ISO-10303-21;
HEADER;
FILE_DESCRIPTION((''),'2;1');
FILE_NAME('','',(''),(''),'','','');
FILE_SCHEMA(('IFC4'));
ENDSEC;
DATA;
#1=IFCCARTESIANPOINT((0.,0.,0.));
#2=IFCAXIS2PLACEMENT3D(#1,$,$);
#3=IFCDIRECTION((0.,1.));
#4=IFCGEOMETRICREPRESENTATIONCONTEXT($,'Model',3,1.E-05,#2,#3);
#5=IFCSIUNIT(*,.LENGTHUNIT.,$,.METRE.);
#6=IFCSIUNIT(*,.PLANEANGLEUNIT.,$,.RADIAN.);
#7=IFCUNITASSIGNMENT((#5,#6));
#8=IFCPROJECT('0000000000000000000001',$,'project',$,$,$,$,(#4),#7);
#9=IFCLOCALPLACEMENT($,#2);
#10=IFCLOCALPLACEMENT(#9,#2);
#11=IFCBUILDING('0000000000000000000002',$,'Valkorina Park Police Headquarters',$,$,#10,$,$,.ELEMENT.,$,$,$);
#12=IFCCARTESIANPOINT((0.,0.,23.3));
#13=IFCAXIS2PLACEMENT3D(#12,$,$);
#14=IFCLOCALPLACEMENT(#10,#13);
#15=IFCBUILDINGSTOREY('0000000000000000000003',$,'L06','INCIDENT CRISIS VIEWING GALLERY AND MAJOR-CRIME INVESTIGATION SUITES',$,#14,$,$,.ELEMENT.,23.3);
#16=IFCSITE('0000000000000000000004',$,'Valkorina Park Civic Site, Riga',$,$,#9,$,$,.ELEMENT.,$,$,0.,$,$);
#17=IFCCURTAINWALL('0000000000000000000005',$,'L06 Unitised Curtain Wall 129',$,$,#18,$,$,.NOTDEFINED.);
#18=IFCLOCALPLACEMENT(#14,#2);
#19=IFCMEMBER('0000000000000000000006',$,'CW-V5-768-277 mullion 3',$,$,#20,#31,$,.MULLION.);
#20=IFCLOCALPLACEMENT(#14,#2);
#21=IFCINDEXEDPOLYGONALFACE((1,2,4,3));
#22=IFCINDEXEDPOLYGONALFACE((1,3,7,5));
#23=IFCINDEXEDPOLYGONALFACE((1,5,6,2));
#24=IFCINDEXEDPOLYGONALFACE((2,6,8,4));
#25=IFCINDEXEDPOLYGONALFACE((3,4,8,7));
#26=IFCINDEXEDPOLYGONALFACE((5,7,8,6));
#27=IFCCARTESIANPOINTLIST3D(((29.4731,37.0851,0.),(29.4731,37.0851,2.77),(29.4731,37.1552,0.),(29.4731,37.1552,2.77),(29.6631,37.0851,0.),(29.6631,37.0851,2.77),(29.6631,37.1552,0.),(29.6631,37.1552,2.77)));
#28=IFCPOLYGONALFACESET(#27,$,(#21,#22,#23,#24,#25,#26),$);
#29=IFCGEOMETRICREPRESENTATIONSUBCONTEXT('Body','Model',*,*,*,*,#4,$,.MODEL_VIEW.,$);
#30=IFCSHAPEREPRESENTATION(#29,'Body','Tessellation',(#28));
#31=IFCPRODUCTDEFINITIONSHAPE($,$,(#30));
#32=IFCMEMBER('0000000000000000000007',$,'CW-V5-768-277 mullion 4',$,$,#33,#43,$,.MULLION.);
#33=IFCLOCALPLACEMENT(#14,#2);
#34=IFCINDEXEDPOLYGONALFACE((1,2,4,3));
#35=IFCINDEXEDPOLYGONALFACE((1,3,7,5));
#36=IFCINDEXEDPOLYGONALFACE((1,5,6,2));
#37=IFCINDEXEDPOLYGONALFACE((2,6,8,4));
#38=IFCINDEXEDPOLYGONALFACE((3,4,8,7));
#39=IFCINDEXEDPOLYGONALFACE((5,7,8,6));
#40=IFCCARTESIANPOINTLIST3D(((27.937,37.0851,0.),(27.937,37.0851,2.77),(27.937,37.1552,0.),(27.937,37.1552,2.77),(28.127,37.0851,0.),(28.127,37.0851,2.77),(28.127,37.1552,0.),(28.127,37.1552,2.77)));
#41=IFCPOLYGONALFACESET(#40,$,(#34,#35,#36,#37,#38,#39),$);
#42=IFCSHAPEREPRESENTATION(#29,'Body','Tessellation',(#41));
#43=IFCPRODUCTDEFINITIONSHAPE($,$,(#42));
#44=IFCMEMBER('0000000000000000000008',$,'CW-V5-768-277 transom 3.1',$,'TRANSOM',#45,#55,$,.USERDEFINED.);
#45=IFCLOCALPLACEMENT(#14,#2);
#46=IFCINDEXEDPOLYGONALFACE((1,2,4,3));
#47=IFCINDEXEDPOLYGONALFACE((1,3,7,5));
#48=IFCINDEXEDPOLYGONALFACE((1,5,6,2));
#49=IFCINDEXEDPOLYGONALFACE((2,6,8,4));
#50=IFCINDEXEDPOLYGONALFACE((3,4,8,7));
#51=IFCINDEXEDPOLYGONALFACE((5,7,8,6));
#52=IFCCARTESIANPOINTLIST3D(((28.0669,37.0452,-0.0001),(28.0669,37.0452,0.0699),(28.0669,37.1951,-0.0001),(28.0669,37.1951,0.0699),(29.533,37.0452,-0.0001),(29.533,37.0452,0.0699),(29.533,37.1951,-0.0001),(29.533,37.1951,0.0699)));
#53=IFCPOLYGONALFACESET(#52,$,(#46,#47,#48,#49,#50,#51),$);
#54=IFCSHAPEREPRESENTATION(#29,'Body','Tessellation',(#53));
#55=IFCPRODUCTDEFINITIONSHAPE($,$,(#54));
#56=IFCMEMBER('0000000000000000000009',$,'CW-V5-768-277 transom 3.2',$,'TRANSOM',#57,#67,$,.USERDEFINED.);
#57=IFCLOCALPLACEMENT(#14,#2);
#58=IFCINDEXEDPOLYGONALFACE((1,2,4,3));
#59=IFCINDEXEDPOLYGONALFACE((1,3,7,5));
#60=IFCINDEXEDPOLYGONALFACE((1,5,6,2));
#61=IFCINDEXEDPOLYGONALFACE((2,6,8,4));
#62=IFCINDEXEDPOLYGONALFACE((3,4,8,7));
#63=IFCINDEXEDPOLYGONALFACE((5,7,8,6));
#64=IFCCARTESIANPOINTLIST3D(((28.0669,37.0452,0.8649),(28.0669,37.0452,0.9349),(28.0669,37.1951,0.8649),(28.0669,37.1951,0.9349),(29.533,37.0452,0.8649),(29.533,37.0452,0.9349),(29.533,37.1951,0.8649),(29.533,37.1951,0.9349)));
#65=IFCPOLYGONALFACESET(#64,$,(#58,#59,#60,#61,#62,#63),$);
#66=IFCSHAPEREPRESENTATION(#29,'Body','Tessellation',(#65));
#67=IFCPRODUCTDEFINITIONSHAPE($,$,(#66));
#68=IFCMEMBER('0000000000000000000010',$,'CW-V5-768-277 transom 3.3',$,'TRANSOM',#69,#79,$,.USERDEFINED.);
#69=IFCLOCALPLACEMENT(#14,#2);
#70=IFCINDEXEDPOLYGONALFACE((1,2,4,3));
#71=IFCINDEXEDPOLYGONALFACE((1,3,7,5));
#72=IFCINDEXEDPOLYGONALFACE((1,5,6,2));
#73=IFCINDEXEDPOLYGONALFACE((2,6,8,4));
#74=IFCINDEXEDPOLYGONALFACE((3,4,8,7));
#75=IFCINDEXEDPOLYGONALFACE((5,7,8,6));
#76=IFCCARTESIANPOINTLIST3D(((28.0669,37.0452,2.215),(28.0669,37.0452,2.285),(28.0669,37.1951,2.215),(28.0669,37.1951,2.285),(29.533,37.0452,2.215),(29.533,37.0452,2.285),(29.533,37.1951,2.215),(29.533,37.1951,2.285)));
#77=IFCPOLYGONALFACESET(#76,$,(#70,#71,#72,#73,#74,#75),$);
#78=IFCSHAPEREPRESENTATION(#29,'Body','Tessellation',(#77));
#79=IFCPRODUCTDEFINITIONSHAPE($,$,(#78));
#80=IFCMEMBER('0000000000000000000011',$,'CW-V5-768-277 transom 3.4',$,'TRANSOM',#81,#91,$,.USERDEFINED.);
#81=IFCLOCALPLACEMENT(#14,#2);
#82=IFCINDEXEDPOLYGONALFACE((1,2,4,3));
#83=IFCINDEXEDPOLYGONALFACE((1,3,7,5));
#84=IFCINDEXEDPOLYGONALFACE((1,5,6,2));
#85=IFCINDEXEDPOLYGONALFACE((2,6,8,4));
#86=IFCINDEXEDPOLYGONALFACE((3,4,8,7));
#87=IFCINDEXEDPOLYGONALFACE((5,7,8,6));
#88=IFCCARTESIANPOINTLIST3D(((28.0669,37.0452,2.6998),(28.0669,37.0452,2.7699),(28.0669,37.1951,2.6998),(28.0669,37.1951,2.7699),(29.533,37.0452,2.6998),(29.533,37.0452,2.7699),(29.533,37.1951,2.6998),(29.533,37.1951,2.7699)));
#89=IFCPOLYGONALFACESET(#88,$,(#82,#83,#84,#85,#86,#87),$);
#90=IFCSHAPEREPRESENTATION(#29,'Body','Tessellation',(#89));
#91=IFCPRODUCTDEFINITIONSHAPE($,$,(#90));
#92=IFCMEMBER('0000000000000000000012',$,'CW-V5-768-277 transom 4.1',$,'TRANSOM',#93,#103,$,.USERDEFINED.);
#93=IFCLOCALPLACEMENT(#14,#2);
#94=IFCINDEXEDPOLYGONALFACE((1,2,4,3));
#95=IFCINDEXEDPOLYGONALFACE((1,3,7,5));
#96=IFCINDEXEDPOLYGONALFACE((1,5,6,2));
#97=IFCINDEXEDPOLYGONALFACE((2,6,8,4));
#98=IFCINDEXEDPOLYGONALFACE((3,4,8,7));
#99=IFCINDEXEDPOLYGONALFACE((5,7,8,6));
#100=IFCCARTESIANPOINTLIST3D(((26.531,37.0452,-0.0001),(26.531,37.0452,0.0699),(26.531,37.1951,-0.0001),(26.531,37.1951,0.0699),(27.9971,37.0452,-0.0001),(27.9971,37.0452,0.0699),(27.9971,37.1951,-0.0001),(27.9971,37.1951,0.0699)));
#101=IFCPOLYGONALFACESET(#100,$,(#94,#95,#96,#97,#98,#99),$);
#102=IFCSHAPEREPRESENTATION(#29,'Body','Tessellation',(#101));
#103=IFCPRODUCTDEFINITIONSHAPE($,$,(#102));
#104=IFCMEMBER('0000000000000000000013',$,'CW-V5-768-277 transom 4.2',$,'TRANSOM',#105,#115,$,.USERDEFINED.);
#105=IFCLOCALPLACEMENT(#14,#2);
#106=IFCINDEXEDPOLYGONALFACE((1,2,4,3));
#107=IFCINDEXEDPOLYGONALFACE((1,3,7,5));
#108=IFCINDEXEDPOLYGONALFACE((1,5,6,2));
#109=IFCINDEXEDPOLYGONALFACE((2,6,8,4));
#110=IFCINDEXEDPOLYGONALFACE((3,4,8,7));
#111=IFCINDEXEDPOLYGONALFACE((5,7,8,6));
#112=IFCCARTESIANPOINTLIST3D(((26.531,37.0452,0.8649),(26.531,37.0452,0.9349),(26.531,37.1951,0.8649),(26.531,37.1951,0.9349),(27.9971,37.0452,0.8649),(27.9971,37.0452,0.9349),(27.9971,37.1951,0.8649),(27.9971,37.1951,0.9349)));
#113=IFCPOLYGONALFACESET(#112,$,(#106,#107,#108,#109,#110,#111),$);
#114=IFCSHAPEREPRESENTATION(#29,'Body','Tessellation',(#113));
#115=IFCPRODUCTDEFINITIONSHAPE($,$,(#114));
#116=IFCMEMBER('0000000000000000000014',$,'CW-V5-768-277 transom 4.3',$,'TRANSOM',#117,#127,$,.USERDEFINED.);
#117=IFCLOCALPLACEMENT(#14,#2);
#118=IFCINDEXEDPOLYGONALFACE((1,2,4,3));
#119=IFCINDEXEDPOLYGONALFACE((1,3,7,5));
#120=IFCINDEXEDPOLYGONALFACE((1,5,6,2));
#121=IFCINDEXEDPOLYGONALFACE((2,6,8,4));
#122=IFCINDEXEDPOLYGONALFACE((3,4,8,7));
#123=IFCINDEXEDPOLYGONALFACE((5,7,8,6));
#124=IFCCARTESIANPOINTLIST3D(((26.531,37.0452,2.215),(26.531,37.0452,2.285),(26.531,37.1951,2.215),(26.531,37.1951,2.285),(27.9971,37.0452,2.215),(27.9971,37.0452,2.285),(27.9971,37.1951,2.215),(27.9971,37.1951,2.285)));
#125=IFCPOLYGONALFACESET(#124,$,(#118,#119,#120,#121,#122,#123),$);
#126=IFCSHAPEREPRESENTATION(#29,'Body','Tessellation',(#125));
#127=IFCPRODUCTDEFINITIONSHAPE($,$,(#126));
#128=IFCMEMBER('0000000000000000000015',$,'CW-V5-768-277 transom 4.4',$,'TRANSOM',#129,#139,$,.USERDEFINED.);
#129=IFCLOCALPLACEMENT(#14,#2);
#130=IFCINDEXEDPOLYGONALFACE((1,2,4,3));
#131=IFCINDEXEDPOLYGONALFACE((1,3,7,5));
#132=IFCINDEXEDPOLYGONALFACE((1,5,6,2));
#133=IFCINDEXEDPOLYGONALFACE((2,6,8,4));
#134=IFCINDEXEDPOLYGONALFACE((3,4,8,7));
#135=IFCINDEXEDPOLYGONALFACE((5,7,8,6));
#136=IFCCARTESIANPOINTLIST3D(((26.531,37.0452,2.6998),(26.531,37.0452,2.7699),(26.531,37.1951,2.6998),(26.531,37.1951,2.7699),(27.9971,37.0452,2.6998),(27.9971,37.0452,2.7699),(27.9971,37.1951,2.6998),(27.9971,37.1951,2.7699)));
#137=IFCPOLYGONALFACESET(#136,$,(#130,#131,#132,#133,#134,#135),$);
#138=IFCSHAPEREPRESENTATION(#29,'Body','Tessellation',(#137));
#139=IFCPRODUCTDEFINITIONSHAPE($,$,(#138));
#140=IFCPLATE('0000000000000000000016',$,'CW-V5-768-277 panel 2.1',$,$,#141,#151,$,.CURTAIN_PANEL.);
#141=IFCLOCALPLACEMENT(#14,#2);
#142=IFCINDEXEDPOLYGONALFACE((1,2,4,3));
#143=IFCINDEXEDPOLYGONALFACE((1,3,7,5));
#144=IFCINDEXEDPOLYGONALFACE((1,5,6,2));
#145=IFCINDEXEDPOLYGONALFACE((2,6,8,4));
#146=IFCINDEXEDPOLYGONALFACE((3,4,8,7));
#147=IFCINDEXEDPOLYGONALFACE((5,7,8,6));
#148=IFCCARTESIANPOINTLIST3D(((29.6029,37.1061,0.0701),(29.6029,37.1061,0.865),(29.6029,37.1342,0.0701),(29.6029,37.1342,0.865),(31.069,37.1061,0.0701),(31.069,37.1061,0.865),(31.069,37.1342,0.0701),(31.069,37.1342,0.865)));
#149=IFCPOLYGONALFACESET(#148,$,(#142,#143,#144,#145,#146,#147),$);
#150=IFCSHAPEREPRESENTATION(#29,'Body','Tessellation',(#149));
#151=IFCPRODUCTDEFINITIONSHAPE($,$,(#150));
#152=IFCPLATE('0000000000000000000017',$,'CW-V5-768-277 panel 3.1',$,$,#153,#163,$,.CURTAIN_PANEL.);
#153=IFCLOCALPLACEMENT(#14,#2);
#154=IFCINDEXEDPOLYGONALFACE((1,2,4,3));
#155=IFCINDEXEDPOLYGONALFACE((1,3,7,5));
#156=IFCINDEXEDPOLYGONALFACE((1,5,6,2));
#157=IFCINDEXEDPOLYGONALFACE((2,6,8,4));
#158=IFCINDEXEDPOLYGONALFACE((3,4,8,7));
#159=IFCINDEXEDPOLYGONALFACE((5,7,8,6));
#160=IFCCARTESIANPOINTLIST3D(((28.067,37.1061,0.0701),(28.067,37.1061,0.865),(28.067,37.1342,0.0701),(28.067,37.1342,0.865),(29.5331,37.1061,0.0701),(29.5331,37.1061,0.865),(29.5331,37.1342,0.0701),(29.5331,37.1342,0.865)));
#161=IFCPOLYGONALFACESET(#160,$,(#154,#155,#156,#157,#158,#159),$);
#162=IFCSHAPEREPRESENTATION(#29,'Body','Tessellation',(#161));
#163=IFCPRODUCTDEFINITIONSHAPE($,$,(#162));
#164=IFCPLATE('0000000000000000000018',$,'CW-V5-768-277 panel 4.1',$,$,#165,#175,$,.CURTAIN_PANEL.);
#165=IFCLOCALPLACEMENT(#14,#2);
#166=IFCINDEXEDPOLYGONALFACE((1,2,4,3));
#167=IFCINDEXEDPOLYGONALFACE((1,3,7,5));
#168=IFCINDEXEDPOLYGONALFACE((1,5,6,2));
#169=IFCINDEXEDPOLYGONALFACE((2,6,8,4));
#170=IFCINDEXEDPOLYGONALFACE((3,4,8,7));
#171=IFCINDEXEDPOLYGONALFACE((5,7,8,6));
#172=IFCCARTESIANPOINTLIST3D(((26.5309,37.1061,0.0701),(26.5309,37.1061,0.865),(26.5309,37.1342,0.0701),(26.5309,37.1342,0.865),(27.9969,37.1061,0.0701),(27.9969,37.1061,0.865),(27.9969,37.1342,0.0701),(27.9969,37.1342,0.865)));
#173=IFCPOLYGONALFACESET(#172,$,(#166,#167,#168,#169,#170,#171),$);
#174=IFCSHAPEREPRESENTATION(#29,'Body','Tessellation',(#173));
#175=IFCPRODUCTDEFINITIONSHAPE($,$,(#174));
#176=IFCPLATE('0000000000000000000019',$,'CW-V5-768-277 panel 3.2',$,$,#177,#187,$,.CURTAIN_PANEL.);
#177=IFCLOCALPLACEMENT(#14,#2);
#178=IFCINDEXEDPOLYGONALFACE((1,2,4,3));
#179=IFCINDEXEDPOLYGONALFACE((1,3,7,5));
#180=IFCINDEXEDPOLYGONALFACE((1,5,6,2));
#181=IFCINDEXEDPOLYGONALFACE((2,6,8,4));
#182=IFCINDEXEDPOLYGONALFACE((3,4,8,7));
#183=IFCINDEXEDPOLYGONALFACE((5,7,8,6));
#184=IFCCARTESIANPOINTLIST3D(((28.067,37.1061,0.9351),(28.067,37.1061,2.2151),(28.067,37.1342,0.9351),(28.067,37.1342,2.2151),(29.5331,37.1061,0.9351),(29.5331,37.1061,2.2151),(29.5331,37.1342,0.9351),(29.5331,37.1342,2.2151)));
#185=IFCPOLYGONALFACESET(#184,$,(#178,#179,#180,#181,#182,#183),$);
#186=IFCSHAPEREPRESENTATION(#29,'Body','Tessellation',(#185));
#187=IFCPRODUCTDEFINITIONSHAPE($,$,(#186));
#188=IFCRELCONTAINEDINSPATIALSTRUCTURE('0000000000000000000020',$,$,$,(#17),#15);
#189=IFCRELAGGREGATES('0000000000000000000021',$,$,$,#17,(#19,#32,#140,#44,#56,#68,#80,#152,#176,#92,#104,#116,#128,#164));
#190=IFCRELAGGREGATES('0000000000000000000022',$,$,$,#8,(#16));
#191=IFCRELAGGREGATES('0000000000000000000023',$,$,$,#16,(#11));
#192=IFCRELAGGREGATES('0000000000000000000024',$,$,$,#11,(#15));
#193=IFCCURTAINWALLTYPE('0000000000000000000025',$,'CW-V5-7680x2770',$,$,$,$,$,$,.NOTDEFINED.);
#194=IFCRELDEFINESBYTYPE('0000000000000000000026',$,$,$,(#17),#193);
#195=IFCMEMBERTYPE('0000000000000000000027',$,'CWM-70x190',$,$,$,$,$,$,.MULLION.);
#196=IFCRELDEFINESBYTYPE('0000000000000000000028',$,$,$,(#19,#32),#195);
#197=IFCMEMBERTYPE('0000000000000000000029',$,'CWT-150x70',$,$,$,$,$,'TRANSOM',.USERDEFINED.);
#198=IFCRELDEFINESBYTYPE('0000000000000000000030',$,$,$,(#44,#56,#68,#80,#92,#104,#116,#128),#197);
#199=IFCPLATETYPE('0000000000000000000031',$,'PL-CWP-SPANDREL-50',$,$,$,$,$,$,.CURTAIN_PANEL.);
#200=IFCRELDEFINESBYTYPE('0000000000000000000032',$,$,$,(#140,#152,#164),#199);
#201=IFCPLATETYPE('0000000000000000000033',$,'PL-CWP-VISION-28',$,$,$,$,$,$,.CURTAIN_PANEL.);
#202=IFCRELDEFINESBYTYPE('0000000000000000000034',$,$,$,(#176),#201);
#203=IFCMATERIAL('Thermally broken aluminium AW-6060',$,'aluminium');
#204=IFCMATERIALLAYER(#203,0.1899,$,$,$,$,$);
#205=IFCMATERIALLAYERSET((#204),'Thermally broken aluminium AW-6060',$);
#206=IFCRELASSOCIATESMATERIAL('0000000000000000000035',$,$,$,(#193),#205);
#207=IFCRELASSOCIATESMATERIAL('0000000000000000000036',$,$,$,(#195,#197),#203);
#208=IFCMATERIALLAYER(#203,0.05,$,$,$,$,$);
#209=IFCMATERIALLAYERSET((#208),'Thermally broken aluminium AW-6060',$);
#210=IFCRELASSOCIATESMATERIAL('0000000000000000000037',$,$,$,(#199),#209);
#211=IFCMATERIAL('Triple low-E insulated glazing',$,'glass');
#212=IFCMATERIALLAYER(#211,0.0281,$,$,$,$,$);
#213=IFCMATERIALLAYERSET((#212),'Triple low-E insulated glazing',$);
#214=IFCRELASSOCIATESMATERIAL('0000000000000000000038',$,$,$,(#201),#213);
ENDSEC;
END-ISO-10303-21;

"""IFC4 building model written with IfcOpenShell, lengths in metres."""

from ifc_helpers import new_model, si_unit, direction, frame, origin, origin_2d, place, context, subcontext, project, spatial, rectangle, extrude, material, layer, layer_set, material_profile, profile_set, type_object, element, aggregate, save


model = new_model("IFC4")

# Units and contexts
model_context = context("Model", 3, precision=1e-05, world=origin(), true_north=direction((0.0, 1.0)))
body_context = subcontext(model_context, "Body", "Model", "MODEL_VIEW")
ifc_project = project(units=[si_unit("LENGTHUNIT", "METRE"), si_unit("PLANEANGLEUNIT", "RADIAN")], contexts=[model_context])

# Site, building, storey
site_placement = place(None, origin())
site = spatial("IfcSite", under=ifc_project, at=site_placement, Name="Valkorina Park Civic Site, Riga", CompositionType="ELEMENT", RefElevation=0.0)
building_placement = place(site_placement, origin())
building = spatial("IfcBuilding", under=site, at=building_placement, Name="Valkorina Park Police Headquarters", CompositionType="ELEMENT")
storey_placement = place(building_placement, frame((0.0, 0.0, 23.3)))
storey = spatial("IfcBuildingStorey", under=building, at=storey_placement, Name="L06", Description="INCIDENT CRISIS VIEWING GALLERY AND MAJOR-CRIME INVESTIGATION SUITES", CompositionType="ELEMENT", Elevation=23.3)

# Curtain wall, members, plates
ifc_material_1 = material(Name="Thermally broken aluminium AW-6060", Category="aluminium")
ifc_layer_1 = layer(ifc_material_1, 0.1899)
ifc_layer_set_1 = layer_set([ifc_layer_1], Name="Thermally broken aluminium AW-6060")
curtain_wall_type = type_object("IfcCurtainWallType", Name="CW-V5-7680x2770", PredefinedType="NOTDEFINED", material=ifc_layer_set_1)
curtain_wall_placement = place(storey_placement, origin())
curtain_wall = element("IfcCurtainWall", 1, at=curtain_wall_placement, inside=storey, type_object=curtain_wall_type, Name="L06 Unitised Curtain Wall 129", PredefinedType="NOTDEFINED")
ifc_material_profile_1 = material_profile(ifc_material_1, rectangle(XDim=0.0701, YDim=0.1899, at=origin_2d()), Name="CWM-02 70x190")
ifc_profile_set_1 = profile_set([ifc_material_profile_1], Name="Thermally broken aluminium AW-6060")
member_type_1 = type_object("IfcMemberType", Name="CWM-70x190", PredefinedType="MULLION", material=ifc_profile_set_1)
member_1_placement = place(storey_placement, frame((29.5681, 37.1201, 0.0), z_axis=(0.0, 0.0, 1.0), x_axis=(0.0, -1.0, 0.0)))
member_1 = element("IfcMember", 2, at=member_1_placement, type_object=member_type_1, Name="CW-V5-768-277 mullion 3", PredefinedType="MULLION", context=body_context, shape_type="SweptSolid", body=[
    extrude(rectangle(XDim=0.0701, YDim=0.1899, at=origin_2d()), origin(), (0.0, 0.0, 1.0), 2.77),
])
member_2_placement = place(storey_placement, frame((28.032, 37.1201, 0.0), z_axis=(0.0, 0.0, 1.0), x_axis=(0.0, -1.0, 0.0)))
member_2 = element("IfcMember", 3, at=member_2_placement, type_object=member_type_1, Name="CW-V5-768-277 mullion 4", PredefinedType="MULLION", context=body_context, shape_type="SweptSolid", body=[
    extrude(rectangle(XDim=0.0701, YDim=0.1899, at=origin_2d()), origin(), (0.0, 0.0, 1.0), 2.77),
])
ifc_material_profile_2 = material_profile(ifc_material_1, rectangle(XDim=0.1499, YDim=0.0701, at=origin_2d()), Name="CWT-02 150x70")
ifc_profile_set_2 = profile_set([ifc_material_profile_2], Name="Thermally broken aluminium AW-6060")
member_type_2 = type_object("IfcMemberType", Name="CWT-150x70", ElementType="TRANSOM", PredefinedType="USERDEFINED", material=ifc_profile_set_2)
member_3_placement = place(storey_placement, frame((29.533, 37.1201, 0.0349), z_axis=(-1.0, 0.0, 0.0), x_axis=(0.0, -1.0, 0.0)))
member_3 = element("IfcMember", 4, at=member_3_placement, type_object=member_type_2, Name="CW-V5-768-277 transom 3.1", ObjectType="TRANSOM", PredefinedType="USERDEFINED", context=body_context, shape_type="SweptSolid", body=[
    extrude(rectangle(XDim=0.1499, YDim=0.0701, at=origin_2d()), origin(), (0.0, 0.0, 1.0), 1.4661),
])
member_4_placement = place(storey_placement, frame((29.533, 37.1201, 0.8999), z_axis=(-1.0, 0.0, 0.0), x_axis=(0.0, -1.0, 0.0)))
member_4 = element("IfcMember", 5, at=member_4_placement, type_object=member_type_2, Name="CW-V5-768-277 transom 3.2", ObjectType="TRANSOM", PredefinedType="USERDEFINED", context=body_context, shape_type="SweptSolid", body=[
    extrude(rectangle(XDim=0.1499, YDim=0.0701, at=origin_2d()), origin(), (0.0, 0.0, 1.0), 1.4661),
])
member_5_placement = place(storey_placement, frame((29.533, 37.1201, 2.25), z_axis=(-1.0, 0.0, 0.0), x_axis=(0.0, -1.0, 0.0)))
member_5 = element("IfcMember", 6, at=member_5_placement, type_object=member_type_2, Name="CW-V5-768-277 transom 3.3", ObjectType="TRANSOM", PredefinedType="USERDEFINED", context=body_context, shape_type="SweptSolid", body=[
    extrude(rectangle(XDim=0.1499, YDim=0.0701, at=origin_2d()), origin(), (0.0, 0.0, 1.0), 1.4661),
])
member_6_placement = place(storey_placement, frame((29.533, 37.1201, 2.7349), z_axis=(-1.0, 0.0, 0.0), x_axis=(0.0, -1.0, 0.0)))
member_6 = element("IfcMember", 7, at=member_6_placement, type_object=member_type_2, Name="CW-V5-768-277 transom 3.4", ObjectType="TRANSOM", PredefinedType="USERDEFINED", context=body_context, shape_type="SweptSolid", body=[
    extrude(rectangle(XDim=0.1499, YDim=0.0701, at=origin_2d()), origin(), (0.0, 0.0, 1.0), 1.4661),
])
member_7_placement = place(storey_placement, frame((27.9971, 37.1201, 0.0349), z_axis=(-1.0, 0.0, 0.0), x_axis=(0.0, -1.0, 0.0)))
member_7 = element("IfcMember", 8, at=member_7_placement, type_object=member_type_2, Name="CW-V5-768-277 transom 4.1", ObjectType="TRANSOM", PredefinedType="USERDEFINED", context=body_context, shape_type="SweptSolid", body=[
    extrude(rectangle(XDim=0.1499, YDim=0.0701, at=origin_2d()), origin(), (0.0, 0.0, 1.0), 1.4661),
])
member_8_placement = place(storey_placement, frame((27.9971, 37.1201, 0.8999), z_axis=(-1.0, 0.0, 0.0), x_axis=(0.0, -1.0, 0.0)))
member_8 = element("IfcMember", 9, at=member_8_placement, type_object=member_type_2, Name="CW-V5-768-277 transom 4.2", ObjectType="TRANSOM", PredefinedType="USERDEFINED", context=body_context, shape_type="SweptSolid", body=[
    extrude(rectangle(XDim=0.1499, YDim=0.0701, at=origin_2d()), origin(), (0.0, 0.0, 1.0), 1.4661),
])
member_9_placement = place(storey_placement, frame((27.9971, 37.1201, 2.25), z_axis=(-1.0, 0.0, 0.0), x_axis=(0.0, -1.0, 0.0)))
member_9 = element("IfcMember", 10, at=member_9_placement, type_object=member_type_2, Name="CW-V5-768-277 transom 4.3", ObjectType="TRANSOM", PredefinedType="USERDEFINED", context=body_context, shape_type="SweptSolid", body=[
    extrude(rectangle(XDim=0.1499, YDim=0.0701, at=origin_2d()), origin(), (0.0, 0.0, 1.0), 1.4661),
])
member_10_placement = place(storey_placement, frame((27.9971, 37.1201, 2.7349), z_axis=(-1.0, 0.0, 0.0), x_axis=(0.0, -1.0, 0.0)))
member_10 = element("IfcMember", 11, at=member_10_placement, type_object=member_type_2, Name="CW-V5-768-277 transom 4.4", ObjectType="TRANSOM", PredefinedType="USERDEFINED", context=body_context, shape_type="SweptSolid", body=[
    extrude(rectangle(XDim=0.1499, YDim=0.0701, at=origin_2d()), origin(), (0.0, 0.0, 1.0), 1.4661),
])
ifc_layer_2 = layer(ifc_material_1, 0.05)
ifc_layer_set_2 = layer_set([ifc_layer_2], Name="Thermally broken aluminium AW-6060")
plate_type_1 = type_object("IfcPlateType", Name="PL-CWP-SPANDREL-50", PredefinedType="CURTAIN_PANEL", material=ifc_layer_set_2)
plate_1_placement = place(storey_placement, frame((30.3359, 37.1201, 0.0701), z_axis=(0.0, 0.0, 1.0), x_axis=(-1.0, 0.0, 0.0)))
plate_1 = element("IfcPlate", 12, at=plate_1_placement, type_object=plate_type_1, Name="CW-V5-768-277 panel 2.1", PredefinedType="CURTAIN_PANEL", context=body_context, shape_type="SweptSolid", body=[
    extrude(rectangle(XDim=1.4661, YDim=0.0281, at=origin_2d()), origin(), (0.0, 0.0, 1.0), 0.7949),
])
plate_2_placement = place(storey_placement, frame((28.8, 37.1201, 0.0701), z_axis=(0.0, 0.0, 1.0), x_axis=(-1.0, 0.0, 0.0)))
plate_2 = element("IfcPlate", 13, at=plate_2_placement, type_object=plate_type_1, Name="CW-V5-768-277 panel 3.1", PredefinedType="CURTAIN_PANEL", context=body_context, shape_type="SweptSolid", body=[
    extrude(rectangle(XDim=1.4661, YDim=0.0281, at=origin_2d()), origin(), (0.0, 0.0, 1.0), 0.7949),
])
plate_3_placement = place(storey_placement, frame((27.2639, 37.1201, 0.0701), z_axis=(0.0, 0.0, 1.0), x_axis=(-1.0, 0.0, 0.0)))
plate_3 = element("IfcPlate", 14, at=plate_3_placement, type_object=plate_type_1, Name="CW-V5-768-277 panel 4.1", PredefinedType="CURTAIN_PANEL", context=body_context, shape_type="SweptSolid", body=[
    extrude(rectangle(XDim=1.4661, YDim=0.0281, at=origin_2d()), origin(), (0.0, 0.0, 1.0), 0.7949),
])
ifc_material_2 = material(Name="Triple low-E insulated glazing", Category="glass")
ifc_layer_3 = layer(ifc_material_2, 0.0281)
ifc_layer_set_3 = layer_set([ifc_layer_3], Name="Triple low-E insulated glazing")
plate_type_2 = type_object("IfcPlateType", Name="PL-CWP-VISION-28", PredefinedType="CURTAIN_PANEL", material=ifc_layer_set_3)
plate_4_placement = place(storey_placement, frame((28.8, 37.1201, 0.9351), z_axis=(0.0, 0.0, 1.0), x_axis=(-1.0, 0.0, 0.0)))
plate_4 = element("IfcPlate", 15, at=plate_4_placement, type_object=plate_type_2, Name="CW-V5-768-277 panel 3.2", PredefinedType="CURTAIN_PANEL", context=body_context, shape_type="SweptSolid", body=[
    extrude(rectangle(XDim=1.4661, YDim=0.0281, at=origin_2d()), origin(), (0.0, 0.0, 1.0), 1.28),
])
aggregate(curtain_wall, [member_1, member_2, plate_1, member_3, member_4, member_5, member_6, plate_2, plate_4, member_7, member_8, member_9, member_10, plate_3])

save(model, "model.ifc")
